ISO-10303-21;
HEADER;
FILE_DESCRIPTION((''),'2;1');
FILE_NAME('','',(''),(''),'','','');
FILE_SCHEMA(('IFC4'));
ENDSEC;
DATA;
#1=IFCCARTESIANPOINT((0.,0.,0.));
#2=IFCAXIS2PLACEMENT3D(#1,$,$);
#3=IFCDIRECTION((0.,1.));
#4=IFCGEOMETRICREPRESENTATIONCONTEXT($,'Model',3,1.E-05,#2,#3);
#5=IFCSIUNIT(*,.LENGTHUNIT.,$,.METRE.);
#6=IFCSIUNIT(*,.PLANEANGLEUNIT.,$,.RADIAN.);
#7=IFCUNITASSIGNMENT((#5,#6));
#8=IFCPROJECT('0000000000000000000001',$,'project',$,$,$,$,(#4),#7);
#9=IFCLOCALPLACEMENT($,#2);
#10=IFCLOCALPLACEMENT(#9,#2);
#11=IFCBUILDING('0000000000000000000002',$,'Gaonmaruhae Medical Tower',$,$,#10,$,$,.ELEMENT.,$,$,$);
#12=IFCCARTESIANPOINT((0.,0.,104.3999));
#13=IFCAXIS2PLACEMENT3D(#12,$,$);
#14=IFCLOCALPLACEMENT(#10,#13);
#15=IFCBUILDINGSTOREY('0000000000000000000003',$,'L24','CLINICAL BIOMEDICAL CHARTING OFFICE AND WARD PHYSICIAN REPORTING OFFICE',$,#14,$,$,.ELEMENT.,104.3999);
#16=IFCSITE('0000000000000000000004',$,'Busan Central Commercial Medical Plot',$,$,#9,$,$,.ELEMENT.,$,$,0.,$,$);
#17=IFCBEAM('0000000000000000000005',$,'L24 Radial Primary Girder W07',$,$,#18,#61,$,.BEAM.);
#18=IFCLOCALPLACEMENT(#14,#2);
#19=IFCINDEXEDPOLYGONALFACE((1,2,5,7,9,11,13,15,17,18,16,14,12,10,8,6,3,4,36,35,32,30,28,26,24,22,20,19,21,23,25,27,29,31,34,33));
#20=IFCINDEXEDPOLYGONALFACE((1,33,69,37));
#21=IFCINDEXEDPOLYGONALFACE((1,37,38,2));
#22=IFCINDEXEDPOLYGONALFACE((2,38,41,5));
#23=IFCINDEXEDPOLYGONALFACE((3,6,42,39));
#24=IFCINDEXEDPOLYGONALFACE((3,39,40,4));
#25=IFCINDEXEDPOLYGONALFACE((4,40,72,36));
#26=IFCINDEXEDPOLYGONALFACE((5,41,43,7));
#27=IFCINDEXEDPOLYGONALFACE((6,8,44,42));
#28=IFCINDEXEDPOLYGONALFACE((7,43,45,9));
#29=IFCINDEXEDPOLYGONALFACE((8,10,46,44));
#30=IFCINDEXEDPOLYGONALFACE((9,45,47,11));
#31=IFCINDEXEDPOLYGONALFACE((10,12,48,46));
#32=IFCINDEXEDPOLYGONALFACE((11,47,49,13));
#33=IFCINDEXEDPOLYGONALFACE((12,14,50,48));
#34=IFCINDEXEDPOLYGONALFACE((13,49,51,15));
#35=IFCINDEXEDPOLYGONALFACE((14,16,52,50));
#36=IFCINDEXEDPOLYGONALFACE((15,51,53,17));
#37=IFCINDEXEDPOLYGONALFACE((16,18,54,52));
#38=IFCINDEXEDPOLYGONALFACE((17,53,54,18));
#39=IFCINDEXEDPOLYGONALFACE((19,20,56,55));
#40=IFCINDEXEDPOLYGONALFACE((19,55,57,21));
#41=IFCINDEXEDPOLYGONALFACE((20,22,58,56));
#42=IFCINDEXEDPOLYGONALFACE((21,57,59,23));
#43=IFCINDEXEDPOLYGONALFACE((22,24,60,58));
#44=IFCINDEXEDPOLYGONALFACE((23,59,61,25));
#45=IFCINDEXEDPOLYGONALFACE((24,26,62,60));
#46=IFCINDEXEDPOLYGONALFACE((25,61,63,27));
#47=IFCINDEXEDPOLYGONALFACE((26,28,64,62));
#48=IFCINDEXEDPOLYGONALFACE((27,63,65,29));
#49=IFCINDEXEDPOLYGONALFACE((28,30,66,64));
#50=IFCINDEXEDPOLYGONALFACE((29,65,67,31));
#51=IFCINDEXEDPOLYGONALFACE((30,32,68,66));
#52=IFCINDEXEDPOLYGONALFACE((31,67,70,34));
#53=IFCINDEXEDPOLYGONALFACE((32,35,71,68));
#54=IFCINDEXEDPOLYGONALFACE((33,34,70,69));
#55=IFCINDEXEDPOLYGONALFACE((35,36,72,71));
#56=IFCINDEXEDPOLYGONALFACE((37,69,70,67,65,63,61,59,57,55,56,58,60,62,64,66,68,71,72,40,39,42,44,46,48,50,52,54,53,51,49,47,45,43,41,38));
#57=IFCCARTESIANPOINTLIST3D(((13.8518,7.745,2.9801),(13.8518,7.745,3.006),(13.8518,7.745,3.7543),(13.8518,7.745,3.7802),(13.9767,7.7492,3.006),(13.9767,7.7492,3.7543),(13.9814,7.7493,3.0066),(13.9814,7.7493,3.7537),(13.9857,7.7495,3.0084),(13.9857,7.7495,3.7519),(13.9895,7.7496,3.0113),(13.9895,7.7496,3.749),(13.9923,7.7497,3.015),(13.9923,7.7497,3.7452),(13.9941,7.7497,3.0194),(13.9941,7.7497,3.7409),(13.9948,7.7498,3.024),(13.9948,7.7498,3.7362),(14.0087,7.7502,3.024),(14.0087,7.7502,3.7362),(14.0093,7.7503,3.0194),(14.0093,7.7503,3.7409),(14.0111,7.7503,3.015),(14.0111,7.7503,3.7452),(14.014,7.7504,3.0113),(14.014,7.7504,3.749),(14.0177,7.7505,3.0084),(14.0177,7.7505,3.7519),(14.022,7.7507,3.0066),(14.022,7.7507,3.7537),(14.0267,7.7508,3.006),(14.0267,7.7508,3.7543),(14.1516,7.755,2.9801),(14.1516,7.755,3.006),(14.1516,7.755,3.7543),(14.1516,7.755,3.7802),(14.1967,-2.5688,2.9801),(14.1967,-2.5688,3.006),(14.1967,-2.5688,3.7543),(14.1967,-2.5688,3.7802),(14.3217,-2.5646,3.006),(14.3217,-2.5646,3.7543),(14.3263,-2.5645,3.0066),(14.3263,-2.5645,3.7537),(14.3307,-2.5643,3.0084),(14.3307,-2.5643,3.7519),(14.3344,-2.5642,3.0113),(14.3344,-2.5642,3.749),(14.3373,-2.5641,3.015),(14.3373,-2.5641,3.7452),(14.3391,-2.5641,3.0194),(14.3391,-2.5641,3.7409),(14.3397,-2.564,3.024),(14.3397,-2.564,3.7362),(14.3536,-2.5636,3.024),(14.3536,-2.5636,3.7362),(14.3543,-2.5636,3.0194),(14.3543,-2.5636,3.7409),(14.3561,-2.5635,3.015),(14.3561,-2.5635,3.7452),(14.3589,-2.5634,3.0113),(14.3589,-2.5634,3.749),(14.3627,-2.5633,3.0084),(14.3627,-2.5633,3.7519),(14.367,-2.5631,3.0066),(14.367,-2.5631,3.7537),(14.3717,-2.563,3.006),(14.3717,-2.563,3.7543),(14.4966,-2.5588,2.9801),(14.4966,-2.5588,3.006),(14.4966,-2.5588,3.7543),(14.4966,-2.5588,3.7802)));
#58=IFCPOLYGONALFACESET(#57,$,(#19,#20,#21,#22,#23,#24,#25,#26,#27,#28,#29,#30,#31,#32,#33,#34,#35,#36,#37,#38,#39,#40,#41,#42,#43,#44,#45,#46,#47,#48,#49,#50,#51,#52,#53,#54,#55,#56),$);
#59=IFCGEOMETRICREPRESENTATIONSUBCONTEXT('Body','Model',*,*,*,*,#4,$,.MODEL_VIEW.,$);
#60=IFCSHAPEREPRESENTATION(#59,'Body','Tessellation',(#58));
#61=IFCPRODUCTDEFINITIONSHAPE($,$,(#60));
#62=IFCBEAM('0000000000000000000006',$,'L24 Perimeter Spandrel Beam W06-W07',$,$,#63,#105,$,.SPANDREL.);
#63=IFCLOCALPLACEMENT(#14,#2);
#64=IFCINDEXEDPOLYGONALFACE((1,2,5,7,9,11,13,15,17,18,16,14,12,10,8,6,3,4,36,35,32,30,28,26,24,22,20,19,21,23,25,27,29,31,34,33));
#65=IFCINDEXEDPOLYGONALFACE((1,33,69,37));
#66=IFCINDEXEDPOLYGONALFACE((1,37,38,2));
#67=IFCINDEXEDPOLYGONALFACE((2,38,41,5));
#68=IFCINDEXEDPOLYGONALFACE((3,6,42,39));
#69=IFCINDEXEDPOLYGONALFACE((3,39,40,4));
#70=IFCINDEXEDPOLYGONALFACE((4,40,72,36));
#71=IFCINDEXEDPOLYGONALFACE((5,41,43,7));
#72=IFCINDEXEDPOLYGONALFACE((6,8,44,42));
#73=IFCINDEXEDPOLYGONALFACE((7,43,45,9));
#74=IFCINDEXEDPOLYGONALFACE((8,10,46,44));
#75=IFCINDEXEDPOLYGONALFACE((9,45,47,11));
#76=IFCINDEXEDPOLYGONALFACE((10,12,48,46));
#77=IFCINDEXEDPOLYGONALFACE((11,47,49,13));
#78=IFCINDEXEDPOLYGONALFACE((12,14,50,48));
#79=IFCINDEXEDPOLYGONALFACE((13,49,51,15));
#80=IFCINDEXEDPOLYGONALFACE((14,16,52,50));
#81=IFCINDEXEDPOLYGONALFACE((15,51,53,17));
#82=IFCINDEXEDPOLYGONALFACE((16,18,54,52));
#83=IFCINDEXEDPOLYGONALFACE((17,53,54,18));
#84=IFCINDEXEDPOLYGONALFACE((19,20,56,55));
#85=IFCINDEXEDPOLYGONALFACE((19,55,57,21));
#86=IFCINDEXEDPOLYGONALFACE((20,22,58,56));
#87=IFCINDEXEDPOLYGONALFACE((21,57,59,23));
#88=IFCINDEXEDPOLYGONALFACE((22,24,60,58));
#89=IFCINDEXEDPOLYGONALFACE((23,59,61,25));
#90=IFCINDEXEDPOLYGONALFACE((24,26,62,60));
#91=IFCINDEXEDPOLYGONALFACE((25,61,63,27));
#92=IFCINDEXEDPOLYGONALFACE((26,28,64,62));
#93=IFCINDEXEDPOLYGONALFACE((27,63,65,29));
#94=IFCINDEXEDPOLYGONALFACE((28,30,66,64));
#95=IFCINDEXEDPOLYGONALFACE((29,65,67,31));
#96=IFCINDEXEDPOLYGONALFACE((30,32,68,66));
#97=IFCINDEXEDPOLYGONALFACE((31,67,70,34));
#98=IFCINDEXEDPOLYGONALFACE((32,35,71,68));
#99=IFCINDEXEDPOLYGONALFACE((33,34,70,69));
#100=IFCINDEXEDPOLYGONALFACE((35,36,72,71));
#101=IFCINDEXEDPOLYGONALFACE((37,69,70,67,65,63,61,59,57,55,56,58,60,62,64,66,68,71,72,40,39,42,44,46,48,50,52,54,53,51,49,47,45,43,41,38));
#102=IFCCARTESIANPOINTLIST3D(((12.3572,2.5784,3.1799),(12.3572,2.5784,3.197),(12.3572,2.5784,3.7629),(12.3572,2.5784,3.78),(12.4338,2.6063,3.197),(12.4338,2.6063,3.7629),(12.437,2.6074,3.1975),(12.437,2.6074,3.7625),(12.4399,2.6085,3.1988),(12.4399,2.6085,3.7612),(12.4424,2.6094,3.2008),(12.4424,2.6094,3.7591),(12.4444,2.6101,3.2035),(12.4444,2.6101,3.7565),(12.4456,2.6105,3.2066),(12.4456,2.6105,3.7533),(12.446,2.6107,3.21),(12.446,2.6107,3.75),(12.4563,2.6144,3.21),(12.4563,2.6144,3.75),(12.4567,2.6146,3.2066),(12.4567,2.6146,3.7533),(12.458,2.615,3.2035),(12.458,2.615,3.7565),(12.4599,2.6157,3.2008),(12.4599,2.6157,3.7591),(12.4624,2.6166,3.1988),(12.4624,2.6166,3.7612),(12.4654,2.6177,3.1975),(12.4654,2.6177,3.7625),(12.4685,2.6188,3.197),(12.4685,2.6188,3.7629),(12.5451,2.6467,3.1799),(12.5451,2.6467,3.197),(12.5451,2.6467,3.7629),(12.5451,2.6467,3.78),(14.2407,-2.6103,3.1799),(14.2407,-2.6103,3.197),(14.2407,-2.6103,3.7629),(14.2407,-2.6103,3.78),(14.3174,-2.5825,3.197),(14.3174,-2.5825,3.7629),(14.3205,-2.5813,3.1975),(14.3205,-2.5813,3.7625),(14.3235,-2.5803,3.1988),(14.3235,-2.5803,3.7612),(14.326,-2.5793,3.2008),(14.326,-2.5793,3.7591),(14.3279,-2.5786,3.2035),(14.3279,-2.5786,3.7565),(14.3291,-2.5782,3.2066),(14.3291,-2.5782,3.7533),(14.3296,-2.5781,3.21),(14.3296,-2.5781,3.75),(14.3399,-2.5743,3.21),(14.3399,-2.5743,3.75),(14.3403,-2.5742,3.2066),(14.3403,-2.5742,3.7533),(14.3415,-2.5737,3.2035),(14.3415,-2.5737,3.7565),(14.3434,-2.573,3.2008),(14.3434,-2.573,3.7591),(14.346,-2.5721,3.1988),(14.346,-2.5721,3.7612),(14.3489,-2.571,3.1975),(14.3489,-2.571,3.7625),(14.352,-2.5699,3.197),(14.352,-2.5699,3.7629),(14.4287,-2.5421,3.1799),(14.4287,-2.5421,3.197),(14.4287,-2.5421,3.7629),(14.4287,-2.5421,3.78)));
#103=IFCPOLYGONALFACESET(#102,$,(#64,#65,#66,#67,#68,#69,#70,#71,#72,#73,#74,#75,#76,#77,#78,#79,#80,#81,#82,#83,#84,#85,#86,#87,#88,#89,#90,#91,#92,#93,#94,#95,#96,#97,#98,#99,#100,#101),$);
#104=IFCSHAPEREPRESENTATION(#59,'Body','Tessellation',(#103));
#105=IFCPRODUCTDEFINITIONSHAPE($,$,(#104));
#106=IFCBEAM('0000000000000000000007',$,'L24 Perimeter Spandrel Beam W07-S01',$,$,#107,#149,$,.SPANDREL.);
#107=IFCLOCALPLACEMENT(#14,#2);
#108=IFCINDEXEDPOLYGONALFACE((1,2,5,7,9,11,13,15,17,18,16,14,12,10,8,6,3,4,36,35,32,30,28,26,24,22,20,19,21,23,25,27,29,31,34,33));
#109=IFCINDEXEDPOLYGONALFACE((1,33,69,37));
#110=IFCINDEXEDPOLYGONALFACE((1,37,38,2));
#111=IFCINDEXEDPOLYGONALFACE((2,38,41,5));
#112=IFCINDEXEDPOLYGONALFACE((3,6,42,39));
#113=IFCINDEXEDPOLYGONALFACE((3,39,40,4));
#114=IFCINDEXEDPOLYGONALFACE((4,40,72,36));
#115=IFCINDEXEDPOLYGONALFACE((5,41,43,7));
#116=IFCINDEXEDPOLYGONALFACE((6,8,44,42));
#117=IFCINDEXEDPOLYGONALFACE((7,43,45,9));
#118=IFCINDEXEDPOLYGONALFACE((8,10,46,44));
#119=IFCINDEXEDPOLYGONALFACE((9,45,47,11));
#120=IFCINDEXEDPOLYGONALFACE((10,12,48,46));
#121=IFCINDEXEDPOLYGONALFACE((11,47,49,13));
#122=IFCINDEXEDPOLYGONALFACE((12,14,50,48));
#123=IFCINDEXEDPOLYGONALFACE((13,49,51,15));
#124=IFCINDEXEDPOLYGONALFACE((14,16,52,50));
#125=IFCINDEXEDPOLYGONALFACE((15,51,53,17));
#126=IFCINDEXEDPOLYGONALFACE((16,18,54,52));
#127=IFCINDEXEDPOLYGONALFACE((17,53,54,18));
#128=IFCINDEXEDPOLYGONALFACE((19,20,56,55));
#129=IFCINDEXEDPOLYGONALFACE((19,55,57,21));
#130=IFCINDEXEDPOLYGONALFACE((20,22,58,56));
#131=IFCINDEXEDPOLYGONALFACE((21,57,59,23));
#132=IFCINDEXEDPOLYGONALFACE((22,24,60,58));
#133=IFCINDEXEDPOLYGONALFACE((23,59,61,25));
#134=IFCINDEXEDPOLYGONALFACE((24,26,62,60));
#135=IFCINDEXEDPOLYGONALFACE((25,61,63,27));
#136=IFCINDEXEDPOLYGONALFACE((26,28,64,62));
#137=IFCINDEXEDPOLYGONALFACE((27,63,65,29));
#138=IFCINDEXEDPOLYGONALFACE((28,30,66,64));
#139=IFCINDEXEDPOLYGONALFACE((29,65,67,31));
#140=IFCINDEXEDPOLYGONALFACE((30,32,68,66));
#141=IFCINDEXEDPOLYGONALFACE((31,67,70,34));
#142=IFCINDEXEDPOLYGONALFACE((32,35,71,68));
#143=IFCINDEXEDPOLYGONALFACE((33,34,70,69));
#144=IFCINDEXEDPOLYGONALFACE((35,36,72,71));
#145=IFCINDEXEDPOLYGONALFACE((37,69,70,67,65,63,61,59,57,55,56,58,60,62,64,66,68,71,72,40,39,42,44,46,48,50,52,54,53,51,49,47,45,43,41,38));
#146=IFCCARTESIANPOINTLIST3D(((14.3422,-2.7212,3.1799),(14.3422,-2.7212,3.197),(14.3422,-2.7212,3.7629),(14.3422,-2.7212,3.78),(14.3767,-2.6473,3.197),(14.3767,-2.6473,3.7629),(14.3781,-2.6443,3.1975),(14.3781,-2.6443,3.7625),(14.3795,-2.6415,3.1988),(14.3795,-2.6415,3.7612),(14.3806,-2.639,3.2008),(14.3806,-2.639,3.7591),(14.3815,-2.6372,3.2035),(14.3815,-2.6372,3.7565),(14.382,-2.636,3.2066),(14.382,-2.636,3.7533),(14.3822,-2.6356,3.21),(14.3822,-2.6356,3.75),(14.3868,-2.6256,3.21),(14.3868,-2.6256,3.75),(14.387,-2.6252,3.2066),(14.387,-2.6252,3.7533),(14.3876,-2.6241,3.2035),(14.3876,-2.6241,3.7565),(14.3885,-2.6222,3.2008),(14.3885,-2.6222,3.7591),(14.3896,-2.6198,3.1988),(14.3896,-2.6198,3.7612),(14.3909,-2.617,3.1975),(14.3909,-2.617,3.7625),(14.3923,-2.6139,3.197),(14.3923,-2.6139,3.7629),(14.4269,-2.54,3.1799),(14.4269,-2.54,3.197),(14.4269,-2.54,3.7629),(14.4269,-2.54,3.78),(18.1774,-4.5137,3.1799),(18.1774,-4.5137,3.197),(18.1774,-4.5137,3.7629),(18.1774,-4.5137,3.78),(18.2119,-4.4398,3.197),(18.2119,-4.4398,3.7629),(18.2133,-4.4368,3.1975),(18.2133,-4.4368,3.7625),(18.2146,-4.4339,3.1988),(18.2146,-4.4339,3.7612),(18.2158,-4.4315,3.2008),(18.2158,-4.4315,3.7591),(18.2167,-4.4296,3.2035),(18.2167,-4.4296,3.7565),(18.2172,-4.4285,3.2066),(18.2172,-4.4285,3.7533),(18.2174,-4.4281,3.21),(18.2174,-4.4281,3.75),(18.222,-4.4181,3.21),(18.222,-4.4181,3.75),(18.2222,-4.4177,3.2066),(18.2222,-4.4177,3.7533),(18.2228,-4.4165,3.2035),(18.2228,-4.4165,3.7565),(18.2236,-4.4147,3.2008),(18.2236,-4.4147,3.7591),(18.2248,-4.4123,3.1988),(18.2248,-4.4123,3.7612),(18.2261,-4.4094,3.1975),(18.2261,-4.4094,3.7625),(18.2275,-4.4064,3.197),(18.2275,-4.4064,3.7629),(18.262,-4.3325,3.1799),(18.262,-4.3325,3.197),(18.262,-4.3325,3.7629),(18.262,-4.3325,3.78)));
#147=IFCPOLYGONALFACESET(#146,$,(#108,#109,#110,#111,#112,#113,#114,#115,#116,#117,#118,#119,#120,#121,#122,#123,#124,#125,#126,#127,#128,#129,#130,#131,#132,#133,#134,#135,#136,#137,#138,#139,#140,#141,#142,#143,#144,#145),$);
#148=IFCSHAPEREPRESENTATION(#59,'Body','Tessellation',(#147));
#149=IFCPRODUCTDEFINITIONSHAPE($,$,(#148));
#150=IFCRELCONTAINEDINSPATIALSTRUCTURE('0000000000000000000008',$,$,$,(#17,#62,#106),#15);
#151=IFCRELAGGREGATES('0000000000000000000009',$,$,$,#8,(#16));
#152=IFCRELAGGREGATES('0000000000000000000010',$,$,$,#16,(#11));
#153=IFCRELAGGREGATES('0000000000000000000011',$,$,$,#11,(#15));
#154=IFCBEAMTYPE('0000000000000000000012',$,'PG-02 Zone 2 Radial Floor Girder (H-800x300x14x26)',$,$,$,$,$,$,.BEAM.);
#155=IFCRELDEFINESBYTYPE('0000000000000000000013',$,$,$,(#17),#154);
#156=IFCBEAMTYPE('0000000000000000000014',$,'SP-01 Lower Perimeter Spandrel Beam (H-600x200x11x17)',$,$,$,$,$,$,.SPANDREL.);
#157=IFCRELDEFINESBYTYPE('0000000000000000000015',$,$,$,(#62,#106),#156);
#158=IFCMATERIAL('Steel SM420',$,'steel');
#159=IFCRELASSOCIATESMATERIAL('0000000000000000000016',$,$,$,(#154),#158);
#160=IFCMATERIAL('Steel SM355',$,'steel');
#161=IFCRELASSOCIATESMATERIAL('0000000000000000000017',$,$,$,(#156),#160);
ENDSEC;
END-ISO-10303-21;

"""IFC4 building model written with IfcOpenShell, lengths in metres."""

from ifc_helpers import new_model, si_unit, direction, frame, origin, origin_2d, place, context, subcontext, project, spatial, i_section, extrude, material, material_profile, profile_set, type_object, element, save


model = new_model("IFC4")

# Units and contexts
model_context = context("Model", 3, precision=1e-05, world=origin(), true_north=direction((0.0, 1.0)))
body_context = subcontext(model_context, "Body", "Model", "MODEL_VIEW")
ifc_project = project(units=[si_unit("LENGTHUNIT", "METRE"), si_unit("PLANEANGLEUNIT", "RADIAN")], contexts=[model_context])

# Site, building, storey
site_placement = place(None, origin())
site = spatial("IfcSite", under=ifc_project, at=site_placement, Name="Busan Central Commercial Medical Plot", CompositionType="ELEMENT", RefElevation=0.0)
building_placement = place(site_placement, origin())
building = spatial("IfcBuilding", under=site, at=building_placement, Name="Gaonmaruhae Medical Tower", CompositionType="ELEMENT")
storey_placement = place(building_placement, frame((0.0, 0.0, 104.3999)))
storey = spatial("IfcBuildingStorey", under=building, at=storey_placement, Name="L24", Description="CLINICAL BIOMEDICAL CHARTING OFFICE AND WARD PHYSICIAN REPORTING OFFICE", CompositionType="ELEMENT", Elevation=104.3999)

# Beams
ifc_material_1 = material(Name="Steel SM355", Category="steel")
ifc_material_2 = material(Name="Steel SM420", Category="steel")
ifc_material_profile_1 = material_profile(ifc_material_2, i_section(OverallWidth=0.3, OverallDepth=0.8, WebThickness=0.0139, FlangeThickness=0.0259, FilletRadius=0.0181, at=origin_2d()), Name="H-800x300x14x26")
ifc_profile_set_1 = profile_set([ifc_material_profile_1], Name="Steel SM420")
beam_type_1 = type_object("IfcBeamType", Name="PG-02 Zone 2 Radial Floor Girder (H-800x300x14x26)", PredefinedType="BEAM", material=ifc_profile_set_1)
beam_1_placement = place(storey_placement, frame((14.0017, 7.75, 3.3801), z_axis=(0.033429, -0.999441, 0.0), x_axis=(0.999441, 0.033429, 0.0)))
element("IfcBeam", 1, at=beam_1_placement, inside=storey, type_object=beam_type_1, Name="L24 Radial Primary Girder W07", PredefinedType="BEAM", context=body_context, shape_type="SweptSolid", body=[
    extrude(i_section(OverallWidth=0.3, OverallDepth=0.8, WebThickness=0.0139, FlangeThickness=0.0259, FilletRadius=0.0181, at=origin_2d()), origin(), (0.0, 0.0, 1.0), 10.3196),
])
ifc_material_profile_2 = material_profile(ifc_material_1, i_section(OverallWidth=0.2, OverallDepth=0.6001, WebThickness=0.011, FlangeThickness=0.0171, FilletRadius=0.0129, at=origin_2d()), Name="H-600x200x11x17")
ifc_profile_set_2 = profile_set([ifc_material_profile_2], Name="Steel SM355")
beam_type_2 = type_object("IfcBeamType", Name="SP-01 Lower Perimeter Spandrel Beam (H-600x200x11x17)", PredefinedType="SPANDREL", material=ifc_profile_set_2)
beam_2_placement = place(storey_placement, frame((12.4512, 2.6125, 3.48), z_axis=(0.341221, -0.939983, 0.0), x_axis=(0.939983, 0.341221, 0.0)))
element("IfcBeam", 2, at=beam_2_placement, inside=storey, type_object=beam_type_2, Name="L24 Perimeter Spandrel Beam W06-W07", PredefinedType="SPANDREL", context=body_context, shape_type="SweptSolid", body=[
    extrude(i_section(OverallWidth=0.2, OverallDepth=0.6001, WebThickness=0.011, FlangeThickness=0.0171, FilletRadius=0.0129, at=origin_2d()), origin(), (0.0, 0.0, 1.0), 5.52),
])
beam_3_placement = place(storey_placement, frame((14.3845, -2.6306, 3.48), z_axis=(0.905937, -0.423413, 0.0), x_axis=(0.423413, 0.905937, 0.0)))
element("IfcBeam", 3, at=beam_3_placement, inside=storey, type_object=beam_type_2, Name="L24 Perimeter Spandrel Beam W07-S01", PredefinedType="SPANDREL", context=body_context, shape_type="SweptSolid", body=[
    extrude(i_section(OverallWidth=0.2, OverallDepth=0.6001, WebThickness=0.011, FlangeThickness=0.0171, FilletRadius=0.0129, at=origin_2d()), origin(), (0.0, 0.0, 1.0), 4.2334),
])

save(model, "model.ifc")
